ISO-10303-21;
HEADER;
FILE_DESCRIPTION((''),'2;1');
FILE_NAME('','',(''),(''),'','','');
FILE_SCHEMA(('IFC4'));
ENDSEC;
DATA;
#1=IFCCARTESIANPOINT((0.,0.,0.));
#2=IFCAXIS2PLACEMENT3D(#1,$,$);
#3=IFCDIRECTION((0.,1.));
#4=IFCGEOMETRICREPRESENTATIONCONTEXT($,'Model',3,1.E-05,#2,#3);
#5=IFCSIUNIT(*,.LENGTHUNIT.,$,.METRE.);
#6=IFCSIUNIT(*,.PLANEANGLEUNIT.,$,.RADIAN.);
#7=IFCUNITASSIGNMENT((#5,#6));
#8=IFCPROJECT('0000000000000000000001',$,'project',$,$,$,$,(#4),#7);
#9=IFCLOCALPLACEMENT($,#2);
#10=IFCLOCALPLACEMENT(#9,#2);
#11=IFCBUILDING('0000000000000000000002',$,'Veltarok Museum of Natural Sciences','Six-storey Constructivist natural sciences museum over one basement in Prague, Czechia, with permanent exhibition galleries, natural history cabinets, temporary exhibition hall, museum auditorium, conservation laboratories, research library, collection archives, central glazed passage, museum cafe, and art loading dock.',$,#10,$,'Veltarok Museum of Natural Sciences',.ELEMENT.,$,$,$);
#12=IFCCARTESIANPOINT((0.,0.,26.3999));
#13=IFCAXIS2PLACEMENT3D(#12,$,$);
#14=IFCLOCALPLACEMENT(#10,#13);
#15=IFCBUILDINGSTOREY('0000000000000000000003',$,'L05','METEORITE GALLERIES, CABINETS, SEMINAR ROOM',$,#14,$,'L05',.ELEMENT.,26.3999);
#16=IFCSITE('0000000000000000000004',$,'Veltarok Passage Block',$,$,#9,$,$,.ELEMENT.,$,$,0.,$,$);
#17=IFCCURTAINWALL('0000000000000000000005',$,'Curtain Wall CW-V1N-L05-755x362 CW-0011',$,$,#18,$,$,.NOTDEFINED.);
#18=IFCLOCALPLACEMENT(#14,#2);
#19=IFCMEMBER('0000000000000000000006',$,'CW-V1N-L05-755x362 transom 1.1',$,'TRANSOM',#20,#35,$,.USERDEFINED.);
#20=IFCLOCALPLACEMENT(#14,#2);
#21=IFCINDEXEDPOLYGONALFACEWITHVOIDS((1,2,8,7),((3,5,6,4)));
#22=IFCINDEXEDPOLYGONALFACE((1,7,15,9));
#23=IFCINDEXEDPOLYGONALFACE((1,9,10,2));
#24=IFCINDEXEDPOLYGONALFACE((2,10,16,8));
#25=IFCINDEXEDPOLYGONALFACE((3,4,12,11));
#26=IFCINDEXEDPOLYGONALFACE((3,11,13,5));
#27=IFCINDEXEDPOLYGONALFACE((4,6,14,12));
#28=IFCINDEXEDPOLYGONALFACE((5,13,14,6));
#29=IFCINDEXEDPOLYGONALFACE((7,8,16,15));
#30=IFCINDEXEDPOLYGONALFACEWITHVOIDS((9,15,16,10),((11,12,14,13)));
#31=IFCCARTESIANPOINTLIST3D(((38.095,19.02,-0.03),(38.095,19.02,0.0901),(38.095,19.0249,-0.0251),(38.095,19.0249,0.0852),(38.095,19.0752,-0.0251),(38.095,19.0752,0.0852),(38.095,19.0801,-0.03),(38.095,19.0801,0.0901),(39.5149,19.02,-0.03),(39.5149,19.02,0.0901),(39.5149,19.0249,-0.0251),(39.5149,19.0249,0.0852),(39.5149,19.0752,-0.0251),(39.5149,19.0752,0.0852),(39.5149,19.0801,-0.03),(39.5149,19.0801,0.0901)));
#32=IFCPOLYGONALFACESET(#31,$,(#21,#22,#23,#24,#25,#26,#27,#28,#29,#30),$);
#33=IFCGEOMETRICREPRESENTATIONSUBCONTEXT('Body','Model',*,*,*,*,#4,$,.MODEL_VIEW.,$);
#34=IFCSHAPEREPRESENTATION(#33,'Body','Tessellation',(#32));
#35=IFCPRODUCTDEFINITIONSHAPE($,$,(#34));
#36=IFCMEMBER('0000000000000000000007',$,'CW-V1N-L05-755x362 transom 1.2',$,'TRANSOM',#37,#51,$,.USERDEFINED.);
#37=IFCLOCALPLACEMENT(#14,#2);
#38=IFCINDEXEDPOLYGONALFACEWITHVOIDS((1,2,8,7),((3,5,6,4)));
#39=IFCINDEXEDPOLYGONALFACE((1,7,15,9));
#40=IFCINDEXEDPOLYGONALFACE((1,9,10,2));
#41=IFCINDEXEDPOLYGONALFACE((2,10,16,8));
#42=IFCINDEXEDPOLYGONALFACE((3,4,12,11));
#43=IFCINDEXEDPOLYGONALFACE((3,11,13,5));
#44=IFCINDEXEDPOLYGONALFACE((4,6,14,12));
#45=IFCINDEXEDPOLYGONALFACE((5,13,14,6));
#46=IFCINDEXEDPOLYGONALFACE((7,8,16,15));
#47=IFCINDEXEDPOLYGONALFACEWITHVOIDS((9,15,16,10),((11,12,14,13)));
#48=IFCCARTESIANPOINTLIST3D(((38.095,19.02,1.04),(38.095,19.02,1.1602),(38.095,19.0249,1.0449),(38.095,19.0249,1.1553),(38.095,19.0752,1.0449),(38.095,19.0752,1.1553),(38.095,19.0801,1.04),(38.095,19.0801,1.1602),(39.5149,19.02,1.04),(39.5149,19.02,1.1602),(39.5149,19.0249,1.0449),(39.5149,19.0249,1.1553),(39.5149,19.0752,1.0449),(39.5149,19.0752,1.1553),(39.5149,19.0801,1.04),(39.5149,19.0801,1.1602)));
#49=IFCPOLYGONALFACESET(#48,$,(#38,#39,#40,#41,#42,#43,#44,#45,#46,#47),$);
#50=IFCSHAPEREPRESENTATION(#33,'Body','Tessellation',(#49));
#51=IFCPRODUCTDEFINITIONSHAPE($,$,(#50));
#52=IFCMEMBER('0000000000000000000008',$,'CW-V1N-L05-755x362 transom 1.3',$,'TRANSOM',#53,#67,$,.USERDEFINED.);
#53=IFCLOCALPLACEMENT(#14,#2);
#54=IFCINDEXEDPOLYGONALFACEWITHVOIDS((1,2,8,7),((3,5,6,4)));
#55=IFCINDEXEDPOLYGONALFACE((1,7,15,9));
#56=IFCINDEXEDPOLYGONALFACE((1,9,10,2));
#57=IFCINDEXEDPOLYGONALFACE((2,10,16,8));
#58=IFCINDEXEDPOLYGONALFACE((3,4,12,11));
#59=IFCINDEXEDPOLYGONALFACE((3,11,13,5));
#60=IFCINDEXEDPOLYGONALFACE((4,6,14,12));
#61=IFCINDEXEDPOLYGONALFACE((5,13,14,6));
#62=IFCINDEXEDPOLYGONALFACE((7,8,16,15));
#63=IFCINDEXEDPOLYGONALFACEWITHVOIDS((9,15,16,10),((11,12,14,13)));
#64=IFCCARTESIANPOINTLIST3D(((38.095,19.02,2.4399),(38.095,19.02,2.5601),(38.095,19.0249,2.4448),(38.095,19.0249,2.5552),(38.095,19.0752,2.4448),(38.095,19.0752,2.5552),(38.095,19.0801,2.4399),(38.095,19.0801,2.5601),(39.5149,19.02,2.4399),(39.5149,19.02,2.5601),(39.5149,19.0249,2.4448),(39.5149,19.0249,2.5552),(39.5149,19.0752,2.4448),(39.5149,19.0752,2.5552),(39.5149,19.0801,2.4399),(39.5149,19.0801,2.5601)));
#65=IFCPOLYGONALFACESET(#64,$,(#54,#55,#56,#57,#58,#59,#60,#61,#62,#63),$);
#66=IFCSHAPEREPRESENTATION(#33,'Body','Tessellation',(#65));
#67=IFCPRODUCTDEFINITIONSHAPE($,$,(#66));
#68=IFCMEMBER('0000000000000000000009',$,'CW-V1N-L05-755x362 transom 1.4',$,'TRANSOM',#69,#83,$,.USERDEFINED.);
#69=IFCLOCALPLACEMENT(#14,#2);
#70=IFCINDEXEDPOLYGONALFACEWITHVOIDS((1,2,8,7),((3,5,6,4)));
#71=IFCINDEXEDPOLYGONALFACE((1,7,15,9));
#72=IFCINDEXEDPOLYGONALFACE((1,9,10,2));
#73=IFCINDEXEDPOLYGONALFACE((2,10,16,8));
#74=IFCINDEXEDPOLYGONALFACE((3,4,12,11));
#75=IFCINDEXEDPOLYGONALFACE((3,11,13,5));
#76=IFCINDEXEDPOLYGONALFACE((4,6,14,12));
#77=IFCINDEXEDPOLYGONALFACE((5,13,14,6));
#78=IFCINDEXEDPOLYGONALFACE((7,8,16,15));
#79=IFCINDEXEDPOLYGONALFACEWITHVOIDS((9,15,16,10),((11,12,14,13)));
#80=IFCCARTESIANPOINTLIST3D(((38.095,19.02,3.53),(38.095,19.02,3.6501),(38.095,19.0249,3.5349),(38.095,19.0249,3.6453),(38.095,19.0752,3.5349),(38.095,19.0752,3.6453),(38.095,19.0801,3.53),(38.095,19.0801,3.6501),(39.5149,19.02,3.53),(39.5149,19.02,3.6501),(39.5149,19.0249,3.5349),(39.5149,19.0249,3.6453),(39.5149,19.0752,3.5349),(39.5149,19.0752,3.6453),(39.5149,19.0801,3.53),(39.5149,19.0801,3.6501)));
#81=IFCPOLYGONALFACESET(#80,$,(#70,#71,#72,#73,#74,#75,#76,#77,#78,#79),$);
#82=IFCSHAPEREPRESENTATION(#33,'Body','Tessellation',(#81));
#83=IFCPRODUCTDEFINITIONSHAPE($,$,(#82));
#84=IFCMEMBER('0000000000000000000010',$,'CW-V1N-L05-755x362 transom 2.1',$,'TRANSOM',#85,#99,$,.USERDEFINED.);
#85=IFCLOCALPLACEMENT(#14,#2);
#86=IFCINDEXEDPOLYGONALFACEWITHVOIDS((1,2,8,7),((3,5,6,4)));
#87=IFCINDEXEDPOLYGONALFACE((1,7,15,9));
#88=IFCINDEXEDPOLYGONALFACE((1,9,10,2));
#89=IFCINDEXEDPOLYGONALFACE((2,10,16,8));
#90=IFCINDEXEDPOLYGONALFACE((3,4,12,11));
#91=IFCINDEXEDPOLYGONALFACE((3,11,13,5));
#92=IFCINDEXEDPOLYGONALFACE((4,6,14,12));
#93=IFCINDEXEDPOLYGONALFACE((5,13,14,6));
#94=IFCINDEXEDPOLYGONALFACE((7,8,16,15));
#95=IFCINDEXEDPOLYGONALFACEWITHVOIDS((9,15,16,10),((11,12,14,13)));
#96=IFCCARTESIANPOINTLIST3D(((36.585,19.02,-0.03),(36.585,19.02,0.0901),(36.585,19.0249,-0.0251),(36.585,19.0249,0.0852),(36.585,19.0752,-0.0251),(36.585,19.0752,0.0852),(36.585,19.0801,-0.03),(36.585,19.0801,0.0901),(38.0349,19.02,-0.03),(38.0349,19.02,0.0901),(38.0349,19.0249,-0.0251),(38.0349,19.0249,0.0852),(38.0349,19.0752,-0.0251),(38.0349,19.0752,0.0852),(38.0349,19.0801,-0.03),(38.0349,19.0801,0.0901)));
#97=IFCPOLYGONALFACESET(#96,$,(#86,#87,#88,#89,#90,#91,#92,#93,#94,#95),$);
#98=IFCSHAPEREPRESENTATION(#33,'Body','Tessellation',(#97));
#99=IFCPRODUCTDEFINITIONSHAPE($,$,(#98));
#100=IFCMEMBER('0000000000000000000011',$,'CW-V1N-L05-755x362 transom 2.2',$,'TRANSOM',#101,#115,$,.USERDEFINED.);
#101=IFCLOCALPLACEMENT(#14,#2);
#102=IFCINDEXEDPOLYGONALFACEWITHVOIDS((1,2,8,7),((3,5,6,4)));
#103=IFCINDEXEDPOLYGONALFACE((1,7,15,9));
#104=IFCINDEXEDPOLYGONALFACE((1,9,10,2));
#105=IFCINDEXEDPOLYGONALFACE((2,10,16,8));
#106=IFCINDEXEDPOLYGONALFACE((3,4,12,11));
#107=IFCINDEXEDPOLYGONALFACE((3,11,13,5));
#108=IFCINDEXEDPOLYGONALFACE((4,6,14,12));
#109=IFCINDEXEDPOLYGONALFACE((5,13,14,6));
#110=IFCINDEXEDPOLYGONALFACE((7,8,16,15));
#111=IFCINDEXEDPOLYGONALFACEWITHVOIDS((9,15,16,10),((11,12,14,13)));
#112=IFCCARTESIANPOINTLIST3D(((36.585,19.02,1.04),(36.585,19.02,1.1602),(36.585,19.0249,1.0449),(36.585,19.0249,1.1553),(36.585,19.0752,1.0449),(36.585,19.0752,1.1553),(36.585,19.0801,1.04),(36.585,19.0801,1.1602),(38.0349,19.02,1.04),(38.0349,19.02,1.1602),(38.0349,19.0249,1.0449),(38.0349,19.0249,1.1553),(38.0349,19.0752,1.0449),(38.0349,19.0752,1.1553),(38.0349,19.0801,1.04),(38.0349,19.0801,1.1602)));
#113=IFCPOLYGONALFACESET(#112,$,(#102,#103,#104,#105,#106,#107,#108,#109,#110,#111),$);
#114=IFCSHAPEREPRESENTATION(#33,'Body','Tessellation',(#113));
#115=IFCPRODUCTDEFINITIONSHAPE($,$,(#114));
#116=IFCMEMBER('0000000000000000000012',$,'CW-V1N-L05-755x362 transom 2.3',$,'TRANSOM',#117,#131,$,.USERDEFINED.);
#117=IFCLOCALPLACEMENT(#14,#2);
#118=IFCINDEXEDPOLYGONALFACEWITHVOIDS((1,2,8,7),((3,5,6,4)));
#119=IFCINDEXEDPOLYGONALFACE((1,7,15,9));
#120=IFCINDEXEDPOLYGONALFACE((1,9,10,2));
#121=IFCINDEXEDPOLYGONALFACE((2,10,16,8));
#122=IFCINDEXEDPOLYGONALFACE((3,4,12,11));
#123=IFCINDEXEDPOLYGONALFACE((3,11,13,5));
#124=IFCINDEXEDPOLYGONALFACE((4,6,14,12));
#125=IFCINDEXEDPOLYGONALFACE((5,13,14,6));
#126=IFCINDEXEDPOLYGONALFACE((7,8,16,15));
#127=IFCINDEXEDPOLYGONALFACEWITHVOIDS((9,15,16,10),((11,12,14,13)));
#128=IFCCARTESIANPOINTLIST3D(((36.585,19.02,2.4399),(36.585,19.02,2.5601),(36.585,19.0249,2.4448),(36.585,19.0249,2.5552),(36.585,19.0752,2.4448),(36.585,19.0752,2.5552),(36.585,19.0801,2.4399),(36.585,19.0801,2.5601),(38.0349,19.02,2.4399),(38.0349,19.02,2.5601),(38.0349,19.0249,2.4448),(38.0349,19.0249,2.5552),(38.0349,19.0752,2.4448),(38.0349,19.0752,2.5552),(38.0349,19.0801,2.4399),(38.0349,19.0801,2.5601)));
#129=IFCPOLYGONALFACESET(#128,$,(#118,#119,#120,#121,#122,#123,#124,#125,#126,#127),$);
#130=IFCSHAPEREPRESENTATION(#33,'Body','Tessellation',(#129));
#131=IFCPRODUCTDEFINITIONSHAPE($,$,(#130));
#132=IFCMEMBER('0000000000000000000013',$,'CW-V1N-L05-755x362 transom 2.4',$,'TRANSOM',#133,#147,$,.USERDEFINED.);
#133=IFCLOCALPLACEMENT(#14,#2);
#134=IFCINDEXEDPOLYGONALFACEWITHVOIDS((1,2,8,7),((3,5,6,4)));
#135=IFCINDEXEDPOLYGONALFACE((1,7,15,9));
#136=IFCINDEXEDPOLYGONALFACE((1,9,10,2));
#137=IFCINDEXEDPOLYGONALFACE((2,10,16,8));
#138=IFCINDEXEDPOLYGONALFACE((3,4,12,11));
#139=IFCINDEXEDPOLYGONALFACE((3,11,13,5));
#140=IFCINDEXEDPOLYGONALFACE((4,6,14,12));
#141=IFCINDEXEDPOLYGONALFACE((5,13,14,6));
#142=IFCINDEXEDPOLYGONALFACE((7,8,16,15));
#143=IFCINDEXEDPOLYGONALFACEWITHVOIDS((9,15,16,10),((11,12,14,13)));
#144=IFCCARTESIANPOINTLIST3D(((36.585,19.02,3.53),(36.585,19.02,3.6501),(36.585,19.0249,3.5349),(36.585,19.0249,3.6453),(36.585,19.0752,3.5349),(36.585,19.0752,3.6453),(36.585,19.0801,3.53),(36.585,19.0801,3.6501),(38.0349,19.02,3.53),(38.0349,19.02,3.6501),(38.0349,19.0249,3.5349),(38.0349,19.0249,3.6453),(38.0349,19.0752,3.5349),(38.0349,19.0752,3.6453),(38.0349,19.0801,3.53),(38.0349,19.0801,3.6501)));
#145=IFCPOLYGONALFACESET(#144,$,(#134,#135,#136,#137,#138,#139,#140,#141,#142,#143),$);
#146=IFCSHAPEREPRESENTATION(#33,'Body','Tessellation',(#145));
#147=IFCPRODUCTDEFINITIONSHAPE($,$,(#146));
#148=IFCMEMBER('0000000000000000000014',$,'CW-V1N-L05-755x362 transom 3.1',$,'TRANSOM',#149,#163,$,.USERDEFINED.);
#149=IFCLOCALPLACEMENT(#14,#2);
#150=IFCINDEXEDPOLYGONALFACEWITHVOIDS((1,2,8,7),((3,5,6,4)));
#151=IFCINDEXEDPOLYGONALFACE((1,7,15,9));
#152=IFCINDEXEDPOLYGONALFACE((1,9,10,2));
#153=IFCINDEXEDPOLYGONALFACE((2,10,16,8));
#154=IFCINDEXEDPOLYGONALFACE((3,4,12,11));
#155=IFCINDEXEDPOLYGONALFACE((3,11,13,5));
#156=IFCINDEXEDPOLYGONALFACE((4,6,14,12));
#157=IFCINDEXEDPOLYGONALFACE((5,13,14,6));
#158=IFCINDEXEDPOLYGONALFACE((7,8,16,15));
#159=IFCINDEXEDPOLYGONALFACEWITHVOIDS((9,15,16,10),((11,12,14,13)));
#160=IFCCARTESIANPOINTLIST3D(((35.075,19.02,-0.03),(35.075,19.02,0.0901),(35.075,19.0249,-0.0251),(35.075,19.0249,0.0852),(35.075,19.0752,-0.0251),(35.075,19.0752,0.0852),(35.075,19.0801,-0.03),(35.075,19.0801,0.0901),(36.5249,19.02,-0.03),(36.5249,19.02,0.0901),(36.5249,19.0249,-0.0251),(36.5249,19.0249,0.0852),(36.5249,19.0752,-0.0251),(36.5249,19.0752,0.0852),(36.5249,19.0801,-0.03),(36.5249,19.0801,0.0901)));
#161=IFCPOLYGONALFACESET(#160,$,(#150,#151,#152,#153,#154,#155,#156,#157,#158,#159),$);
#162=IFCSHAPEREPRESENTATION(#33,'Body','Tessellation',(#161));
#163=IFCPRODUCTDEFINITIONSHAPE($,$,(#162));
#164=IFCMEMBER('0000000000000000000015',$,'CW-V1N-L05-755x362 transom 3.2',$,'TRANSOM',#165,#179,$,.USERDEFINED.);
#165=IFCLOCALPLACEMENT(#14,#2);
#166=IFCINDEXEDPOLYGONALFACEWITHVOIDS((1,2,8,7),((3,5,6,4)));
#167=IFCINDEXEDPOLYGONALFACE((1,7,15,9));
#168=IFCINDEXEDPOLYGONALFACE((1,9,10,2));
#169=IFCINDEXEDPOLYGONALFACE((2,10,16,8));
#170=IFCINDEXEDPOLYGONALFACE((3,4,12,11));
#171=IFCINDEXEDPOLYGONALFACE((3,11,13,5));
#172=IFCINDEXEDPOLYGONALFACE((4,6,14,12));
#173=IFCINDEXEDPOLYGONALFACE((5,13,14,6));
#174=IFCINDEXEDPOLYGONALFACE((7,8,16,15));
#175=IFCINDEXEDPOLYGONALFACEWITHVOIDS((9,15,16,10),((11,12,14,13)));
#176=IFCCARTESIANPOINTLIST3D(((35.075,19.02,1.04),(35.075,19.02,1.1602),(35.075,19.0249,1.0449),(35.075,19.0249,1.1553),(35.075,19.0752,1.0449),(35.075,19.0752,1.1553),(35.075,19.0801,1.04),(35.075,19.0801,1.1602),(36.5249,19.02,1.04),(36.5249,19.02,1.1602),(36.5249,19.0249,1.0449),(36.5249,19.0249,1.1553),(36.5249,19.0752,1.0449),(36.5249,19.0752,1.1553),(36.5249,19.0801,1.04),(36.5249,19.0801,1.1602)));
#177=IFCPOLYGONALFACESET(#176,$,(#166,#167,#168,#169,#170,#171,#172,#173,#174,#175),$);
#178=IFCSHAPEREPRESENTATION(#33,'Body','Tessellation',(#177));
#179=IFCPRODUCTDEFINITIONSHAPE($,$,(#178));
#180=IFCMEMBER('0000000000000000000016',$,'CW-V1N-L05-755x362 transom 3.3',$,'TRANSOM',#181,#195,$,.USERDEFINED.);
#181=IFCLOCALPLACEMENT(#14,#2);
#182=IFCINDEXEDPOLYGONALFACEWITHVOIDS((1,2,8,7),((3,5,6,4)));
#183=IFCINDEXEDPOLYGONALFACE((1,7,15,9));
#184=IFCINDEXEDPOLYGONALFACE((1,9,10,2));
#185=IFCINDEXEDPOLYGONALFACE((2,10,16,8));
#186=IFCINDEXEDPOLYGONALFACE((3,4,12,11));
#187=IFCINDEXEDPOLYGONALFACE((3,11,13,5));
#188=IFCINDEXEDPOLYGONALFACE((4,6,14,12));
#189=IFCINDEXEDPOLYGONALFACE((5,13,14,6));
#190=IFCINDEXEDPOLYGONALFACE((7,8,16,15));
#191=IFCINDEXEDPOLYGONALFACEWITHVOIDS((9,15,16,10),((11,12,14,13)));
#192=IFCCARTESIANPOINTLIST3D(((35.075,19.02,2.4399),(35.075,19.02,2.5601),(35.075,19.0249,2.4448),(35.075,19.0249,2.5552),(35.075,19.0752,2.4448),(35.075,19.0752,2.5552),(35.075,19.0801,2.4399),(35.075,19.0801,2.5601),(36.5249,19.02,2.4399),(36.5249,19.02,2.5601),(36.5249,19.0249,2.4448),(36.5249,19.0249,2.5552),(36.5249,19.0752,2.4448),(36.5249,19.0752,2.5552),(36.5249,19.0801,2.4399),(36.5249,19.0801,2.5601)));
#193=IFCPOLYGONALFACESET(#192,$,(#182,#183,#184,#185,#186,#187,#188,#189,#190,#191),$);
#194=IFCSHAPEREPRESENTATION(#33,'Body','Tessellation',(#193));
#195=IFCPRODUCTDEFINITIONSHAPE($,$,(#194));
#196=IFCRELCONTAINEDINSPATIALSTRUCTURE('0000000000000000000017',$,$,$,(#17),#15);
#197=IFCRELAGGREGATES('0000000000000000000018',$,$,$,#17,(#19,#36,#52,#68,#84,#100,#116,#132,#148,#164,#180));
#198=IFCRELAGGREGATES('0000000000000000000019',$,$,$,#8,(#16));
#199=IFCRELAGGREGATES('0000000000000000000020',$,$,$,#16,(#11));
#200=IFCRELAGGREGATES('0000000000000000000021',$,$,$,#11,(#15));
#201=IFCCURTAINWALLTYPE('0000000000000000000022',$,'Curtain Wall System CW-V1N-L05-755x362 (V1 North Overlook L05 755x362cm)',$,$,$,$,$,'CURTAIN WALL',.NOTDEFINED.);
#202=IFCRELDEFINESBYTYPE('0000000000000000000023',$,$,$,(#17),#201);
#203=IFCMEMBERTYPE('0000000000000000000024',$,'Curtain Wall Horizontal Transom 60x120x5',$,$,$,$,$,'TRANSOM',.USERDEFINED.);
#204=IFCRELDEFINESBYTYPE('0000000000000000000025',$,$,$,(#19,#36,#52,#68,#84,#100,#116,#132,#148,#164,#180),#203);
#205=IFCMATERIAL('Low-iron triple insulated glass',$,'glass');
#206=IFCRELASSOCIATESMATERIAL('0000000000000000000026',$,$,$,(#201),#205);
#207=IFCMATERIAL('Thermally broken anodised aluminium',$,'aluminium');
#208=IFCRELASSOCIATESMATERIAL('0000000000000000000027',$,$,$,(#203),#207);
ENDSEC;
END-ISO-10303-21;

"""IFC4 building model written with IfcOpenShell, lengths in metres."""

from ifc_helpers import new_model, si_unit, direction, frame, origin, origin_2d, place, context, subcontext, project, spatial, hollow_rectangle, extrude, material, material_profile, profile_set, type_object, element, aggregate, save


model = new_model("IFC4")

# Units and contexts
model_context = context("Model", 3, precision=1e-05, world=origin(), true_north=direction((0.0, 1.0)))
body_context = subcontext(model_context, "Body", "Model", "MODEL_VIEW")
ifc_project = project(units=[si_unit("LENGTHUNIT", "METRE"), si_unit("PLANEANGLEUNIT", "RADIAN")], contexts=[model_context])

# Site, building, storey
site_placement = place(None, origin())
site = spatial("IfcSite", under=ifc_project, at=site_placement, Name="Veltarok Passage Block", CompositionType="ELEMENT", RefElevation=0.0)
building_placement = place(site_placement, origin())
building = spatial("IfcBuilding", under=site, at=building_placement, Name="Veltarok Museum of Natural Sciences", Description="Six-storey Constructivist natural sciences museum over one basement in Prague, Czechia, with permanent exhibition galleries, natural history cabinets, temporary exhibition hall, museum auditorium, conservation laboratories, research library, collection archives, central glazed passage, museum cafe, and art loading dock.", LongName="Veltarok Museum of Natural Sciences", CompositionType="ELEMENT")
storey_placement = place(building_placement, frame((0.0, 0.0, 26.3999)))
storey = spatial("IfcBuildingStorey", under=building, at=storey_placement, Name="L05", Description="METEORITE GALLERIES, CABINETS, SEMINAR ROOM", LongName="L05", CompositionType="ELEMENT", Elevation=26.3999)

# Curtain wall, members
ifc_material_1 = material(Name="Low-iron triple insulated glass", Category="glass")
curtain_wall_type = type_object("IfcCurtainWallType", Name="Curtain Wall System CW-V1N-L05-755x362 (V1 North Overlook L05 755x362cm)", ElementType="CURTAIN WALL", PredefinedType="NOTDEFINED", material=ifc_material_1)
curtain_wall_placement = place(storey_placement, origin())
curtain_wall = element("IfcCurtainWall", 1, at=curtain_wall_placement, inside=storey, type_object=curtain_wall_type, Name="Curtain Wall CW-V1N-L05-755x362 CW-0011", PredefinedType="NOTDEFINED")
ifc_material_2 = material(Name="Thermally broken anodised aluminium", Category="aluminium")
ifc_material_profile_1 = material_profile(ifc_material_2, hollow_rectangle(XDim=0.0601, YDim=0.1201, WallThickness=0.0049, at=origin_2d()), Name="CW TRANSOM 60x120x5")
ifc_profile_set_1 = profile_set([ifc_material_profile_1], Name="Thermally broken anodised aluminium")
member_type_1 = type_object("IfcMemberType", Name="Curtain Wall Horizontal Transom 60x120x5", ElementType="TRANSOM", PredefinedType="USERDEFINED", material=ifc_profile_set_1)
member_1_placement = place(storey_placement, frame((39.5149, 19.05, 0.03), z_axis=(-1.0, 0.0, 0.0), x_axis=(0.0, -1.0, 0.0)))
member_1 = element("IfcMember", 2, at=member_1_placement, type_object=member_type_1, Name="CW-V1N-L05-755x362 transom 1.1", ObjectType="TRANSOM", PredefinedType="USERDEFINED", context=body_context, shape_type="SweptSolid", body=[
    extrude(hollow_rectangle(XDim=0.0601, YDim=0.1201, WallThickness=0.0049, at=origin_2d()), origin(), (0.0, 0.0, 1.0), 1.4199),
])
member_2_placement = place(storey_placement, frame((39.5149, 19.05, 1.1001), z_axis=(-1.0, 0.0, 0.0), x_axis=(0.0, -1.0, 0.0)))
member_2 = element("IfcMember", 3, at=member_2_placement, type_object=member_type_1, Name="CW-V1N-L05-755x362 transom 1.2", ObjectType="TRANSOM", PredefinedType="USERDEFINED", context=body_context, shape_type="SweptSolid", body=[
    extrude(hollow_rectangle(XDim=0.0601, YDim=0.1201, WallThickness=0.0049, at=origin_2d()), origin(), (0.0, 0.0, 1.0), 1.4199),
])
member_3_placement = place(storey_placement, frame((39.5149, 19.05, 2.5), z_axis=(-1.0, 0.0, 0.0), x_axis=(0.0, -1.0, 0.0)))
member_3 = element("IfcMember", 4, at=member_3_placement, type_object=member_type_1, Name="CW-V1N-L05-755x362 transom 1.3", ObjectType="TRANSOM", PredefinedType="USERDEFINED", context=body_context, shape_type="SweptSolid", body=[
    extrude(hollow_rectangle(XDim=0.0601, YDim=0.1201, WallThickness=0.0049, at=origin_2d()), origin(), (0.0, 0.0, 1.0), 1.4199),
])
member_4_placement = place(storey_placement, frame((39.5149, 19.05, 3.5901), z_axis=(-1.0, 0.0, 0.0), x_axis=(0.0, -1.0, 0.0)))
member_4 = element("IfcMember", 5, at=member_4_placement, type_object=member_type_1, Name="CW-V1N-L05-755x362 transom 1.4", ObjectType="TRANSOM", PredefinedType="USERDEFINED", context=body_context, shape_type="SweptSolid", body=[
    extrude(hollow_rectangle(XDim=0.0601, YDim=0.1201, WallThickness=0.0049, at=origin_2d()), origin(), (0.0, 0.0, 1.0), 1.4199),
])
member_5_placement = place(storey_placement, frame((38.0349, 19.05, 0.03), z_axis=(-1.0, 0.0, 0.0), x_axis=(0.0, -1.0, 0.0)))
member_5 = element("IfcMember", 6, at=member_5_placement, type_object=member_type_1, Name="CW-V1N-L05-755x362 transom 2.1", ObjectType="TRANSOM", PredefinedType="USERDEFINED", context=body_context, shape_type="SweptSolid", body=[
    extrude(hollow_rectangle(XDim=0.0601, YDim=0.1201, WallThickness=0.0049, at=origin_2d()), origin(), (0.0, 0.0, 1.0), 1.45),
])
member_6_placement = place(storey_placement, frame((38.0349, 19.05, 1.1001), z_axis=(-1.0, 0.0, 0.0), x_axis=(0.0, -1.0, 0.0)))
member_6 = element("IfcMember", 7, at=member_6_placement, type_object=member_type_1, Name="CW-V1N-L05-755x362 transom 2.2", ObjectType="TRANSOM", PredefinedType="USERDEFINED", context=body_context, shape_type="SweptSolid", body=[
    extrude(hollow_rectangle(XDim=0.0601, YDim=0.1201, WallThickness=0.0049, at=origin_2d()), origin(), (0.0, 0.0, 1.0), 1.45),
])
member_7_placement = place(storey_placement, frame((38.0349, 19.05, 2.5), z_axis=(-1.0, 0.0, 0.0), x_axis=(0.0, -1.0, 0.0)))
member_7 = element("IfcMember", 8, at=member_7_placement, type_object=member_type_1, Name="CW-V1N-L05-755x362 transom 2.3", ObjectType="TRANSOM", PredefinedType="USERDEFINED", context=body_context, shape_type="SweptSolid", body=[
    extrude(hollow_rectangle(XDim=0.0601, YDim=0.1201, WallThickness=0.0049, at=origin_2d()), origin(), (0.0, 0.0, 1.0), 1.45),
])
member_8_placement = place(storey_placement, frame((38.0349, 19.05, 3.5901), z_axis=(-1.0, 0.0, 0.0), x_axis=(0.0, -1.0, 0.0)))
member_8 = element("IfcMember", 9, at=member_8_placement, type_object=member_type_1, Name="CW-V1N-L05-755x362 transom 2.4", ObjectType="TRANSOM", PredefinedType="USERDEFINED", context=body_context, shape_type="SweptSolid", body=[
    extrude(hollow_rectangle(XDim=0.0601, YDim=0.1201, WallThickness=0.0049, at=origin_2d()), origin(), (0.0, 0.0, 1.0), 1.45),
])
member_9_placement = place(storey_placement, frame((36.5249, 19.05, 0.03), z_axis=(-1.0, 0.0, 0.0), x_axis=(0.0, -1.0, 0.0)))
member_9 = element("IfcMember", 10, at=member_9_placement, type_object=member_type_1, Name="CW-V1N-L05-755x362 transom 3.1", ObjectType="TRANSOM", PredefinedType="USERDEFINED", context=body_context, shape_type="SweptSolid", body=[
    extrude(hollow_rectangle(XDim=0.0601, YDim=0.1201, WallThickness=0.0049, at=origin_2d()), origin(), (0.0, 0.0, 1.0), 1.45),
])
member_10_placement = place(storey_placement, frame((36.5249, 19.05, 1.1001), z_axis=(-1.0, 0.0, 0.0), x_axis=(0.0, -1.0, 0.0)))
member_10 = element("IfcMember", 11, at=member_10_placement, type_object=member_type_1, Name="CW-V1N-L05-755x362 transom 3.2", ObjectType="TRANSOM", PredefinedType="USERDEFINED", context=body_context, shape_type="SweptSolid", body=[
    extrude(hollow_rectangle(XDim=0.0601, YDim=0.1201, WallThickness=0.0049, at=origin_2d()), origin(), (0.0, 0.0, 1.0), 1.45),
])
member_11_placement = place(storey_placement, frame((36.5249, 19.05, 2.5), z_axis=(-1.0, 0.0, 0.0), x_axis=(0.0, -1.0, 0.0)))
member_11 = element("IfcMember", 12, at=member_11_placement, type_object=member_type_1, Name="CW-V1N-L05-755x362 transom 3.3", ObjectType="TRANSOM", PredefinedType="USERDEFINED", context=body_context, shape_type="SweptSolid", body=[
    extrude(hollow_rectangle(XDim=0.0601, YDim=0.1201, WallThickness=0.0049, at=origin_2d()), origin(), (0.0, 0.0, 1.0), 1.45),
])
aggregate(curtain_wall, [member_1, member_2, member_3, member_4, member_5, member_6, member_7, member_8, member_9, member_10, member_11])

save(model, "model.ifc")
